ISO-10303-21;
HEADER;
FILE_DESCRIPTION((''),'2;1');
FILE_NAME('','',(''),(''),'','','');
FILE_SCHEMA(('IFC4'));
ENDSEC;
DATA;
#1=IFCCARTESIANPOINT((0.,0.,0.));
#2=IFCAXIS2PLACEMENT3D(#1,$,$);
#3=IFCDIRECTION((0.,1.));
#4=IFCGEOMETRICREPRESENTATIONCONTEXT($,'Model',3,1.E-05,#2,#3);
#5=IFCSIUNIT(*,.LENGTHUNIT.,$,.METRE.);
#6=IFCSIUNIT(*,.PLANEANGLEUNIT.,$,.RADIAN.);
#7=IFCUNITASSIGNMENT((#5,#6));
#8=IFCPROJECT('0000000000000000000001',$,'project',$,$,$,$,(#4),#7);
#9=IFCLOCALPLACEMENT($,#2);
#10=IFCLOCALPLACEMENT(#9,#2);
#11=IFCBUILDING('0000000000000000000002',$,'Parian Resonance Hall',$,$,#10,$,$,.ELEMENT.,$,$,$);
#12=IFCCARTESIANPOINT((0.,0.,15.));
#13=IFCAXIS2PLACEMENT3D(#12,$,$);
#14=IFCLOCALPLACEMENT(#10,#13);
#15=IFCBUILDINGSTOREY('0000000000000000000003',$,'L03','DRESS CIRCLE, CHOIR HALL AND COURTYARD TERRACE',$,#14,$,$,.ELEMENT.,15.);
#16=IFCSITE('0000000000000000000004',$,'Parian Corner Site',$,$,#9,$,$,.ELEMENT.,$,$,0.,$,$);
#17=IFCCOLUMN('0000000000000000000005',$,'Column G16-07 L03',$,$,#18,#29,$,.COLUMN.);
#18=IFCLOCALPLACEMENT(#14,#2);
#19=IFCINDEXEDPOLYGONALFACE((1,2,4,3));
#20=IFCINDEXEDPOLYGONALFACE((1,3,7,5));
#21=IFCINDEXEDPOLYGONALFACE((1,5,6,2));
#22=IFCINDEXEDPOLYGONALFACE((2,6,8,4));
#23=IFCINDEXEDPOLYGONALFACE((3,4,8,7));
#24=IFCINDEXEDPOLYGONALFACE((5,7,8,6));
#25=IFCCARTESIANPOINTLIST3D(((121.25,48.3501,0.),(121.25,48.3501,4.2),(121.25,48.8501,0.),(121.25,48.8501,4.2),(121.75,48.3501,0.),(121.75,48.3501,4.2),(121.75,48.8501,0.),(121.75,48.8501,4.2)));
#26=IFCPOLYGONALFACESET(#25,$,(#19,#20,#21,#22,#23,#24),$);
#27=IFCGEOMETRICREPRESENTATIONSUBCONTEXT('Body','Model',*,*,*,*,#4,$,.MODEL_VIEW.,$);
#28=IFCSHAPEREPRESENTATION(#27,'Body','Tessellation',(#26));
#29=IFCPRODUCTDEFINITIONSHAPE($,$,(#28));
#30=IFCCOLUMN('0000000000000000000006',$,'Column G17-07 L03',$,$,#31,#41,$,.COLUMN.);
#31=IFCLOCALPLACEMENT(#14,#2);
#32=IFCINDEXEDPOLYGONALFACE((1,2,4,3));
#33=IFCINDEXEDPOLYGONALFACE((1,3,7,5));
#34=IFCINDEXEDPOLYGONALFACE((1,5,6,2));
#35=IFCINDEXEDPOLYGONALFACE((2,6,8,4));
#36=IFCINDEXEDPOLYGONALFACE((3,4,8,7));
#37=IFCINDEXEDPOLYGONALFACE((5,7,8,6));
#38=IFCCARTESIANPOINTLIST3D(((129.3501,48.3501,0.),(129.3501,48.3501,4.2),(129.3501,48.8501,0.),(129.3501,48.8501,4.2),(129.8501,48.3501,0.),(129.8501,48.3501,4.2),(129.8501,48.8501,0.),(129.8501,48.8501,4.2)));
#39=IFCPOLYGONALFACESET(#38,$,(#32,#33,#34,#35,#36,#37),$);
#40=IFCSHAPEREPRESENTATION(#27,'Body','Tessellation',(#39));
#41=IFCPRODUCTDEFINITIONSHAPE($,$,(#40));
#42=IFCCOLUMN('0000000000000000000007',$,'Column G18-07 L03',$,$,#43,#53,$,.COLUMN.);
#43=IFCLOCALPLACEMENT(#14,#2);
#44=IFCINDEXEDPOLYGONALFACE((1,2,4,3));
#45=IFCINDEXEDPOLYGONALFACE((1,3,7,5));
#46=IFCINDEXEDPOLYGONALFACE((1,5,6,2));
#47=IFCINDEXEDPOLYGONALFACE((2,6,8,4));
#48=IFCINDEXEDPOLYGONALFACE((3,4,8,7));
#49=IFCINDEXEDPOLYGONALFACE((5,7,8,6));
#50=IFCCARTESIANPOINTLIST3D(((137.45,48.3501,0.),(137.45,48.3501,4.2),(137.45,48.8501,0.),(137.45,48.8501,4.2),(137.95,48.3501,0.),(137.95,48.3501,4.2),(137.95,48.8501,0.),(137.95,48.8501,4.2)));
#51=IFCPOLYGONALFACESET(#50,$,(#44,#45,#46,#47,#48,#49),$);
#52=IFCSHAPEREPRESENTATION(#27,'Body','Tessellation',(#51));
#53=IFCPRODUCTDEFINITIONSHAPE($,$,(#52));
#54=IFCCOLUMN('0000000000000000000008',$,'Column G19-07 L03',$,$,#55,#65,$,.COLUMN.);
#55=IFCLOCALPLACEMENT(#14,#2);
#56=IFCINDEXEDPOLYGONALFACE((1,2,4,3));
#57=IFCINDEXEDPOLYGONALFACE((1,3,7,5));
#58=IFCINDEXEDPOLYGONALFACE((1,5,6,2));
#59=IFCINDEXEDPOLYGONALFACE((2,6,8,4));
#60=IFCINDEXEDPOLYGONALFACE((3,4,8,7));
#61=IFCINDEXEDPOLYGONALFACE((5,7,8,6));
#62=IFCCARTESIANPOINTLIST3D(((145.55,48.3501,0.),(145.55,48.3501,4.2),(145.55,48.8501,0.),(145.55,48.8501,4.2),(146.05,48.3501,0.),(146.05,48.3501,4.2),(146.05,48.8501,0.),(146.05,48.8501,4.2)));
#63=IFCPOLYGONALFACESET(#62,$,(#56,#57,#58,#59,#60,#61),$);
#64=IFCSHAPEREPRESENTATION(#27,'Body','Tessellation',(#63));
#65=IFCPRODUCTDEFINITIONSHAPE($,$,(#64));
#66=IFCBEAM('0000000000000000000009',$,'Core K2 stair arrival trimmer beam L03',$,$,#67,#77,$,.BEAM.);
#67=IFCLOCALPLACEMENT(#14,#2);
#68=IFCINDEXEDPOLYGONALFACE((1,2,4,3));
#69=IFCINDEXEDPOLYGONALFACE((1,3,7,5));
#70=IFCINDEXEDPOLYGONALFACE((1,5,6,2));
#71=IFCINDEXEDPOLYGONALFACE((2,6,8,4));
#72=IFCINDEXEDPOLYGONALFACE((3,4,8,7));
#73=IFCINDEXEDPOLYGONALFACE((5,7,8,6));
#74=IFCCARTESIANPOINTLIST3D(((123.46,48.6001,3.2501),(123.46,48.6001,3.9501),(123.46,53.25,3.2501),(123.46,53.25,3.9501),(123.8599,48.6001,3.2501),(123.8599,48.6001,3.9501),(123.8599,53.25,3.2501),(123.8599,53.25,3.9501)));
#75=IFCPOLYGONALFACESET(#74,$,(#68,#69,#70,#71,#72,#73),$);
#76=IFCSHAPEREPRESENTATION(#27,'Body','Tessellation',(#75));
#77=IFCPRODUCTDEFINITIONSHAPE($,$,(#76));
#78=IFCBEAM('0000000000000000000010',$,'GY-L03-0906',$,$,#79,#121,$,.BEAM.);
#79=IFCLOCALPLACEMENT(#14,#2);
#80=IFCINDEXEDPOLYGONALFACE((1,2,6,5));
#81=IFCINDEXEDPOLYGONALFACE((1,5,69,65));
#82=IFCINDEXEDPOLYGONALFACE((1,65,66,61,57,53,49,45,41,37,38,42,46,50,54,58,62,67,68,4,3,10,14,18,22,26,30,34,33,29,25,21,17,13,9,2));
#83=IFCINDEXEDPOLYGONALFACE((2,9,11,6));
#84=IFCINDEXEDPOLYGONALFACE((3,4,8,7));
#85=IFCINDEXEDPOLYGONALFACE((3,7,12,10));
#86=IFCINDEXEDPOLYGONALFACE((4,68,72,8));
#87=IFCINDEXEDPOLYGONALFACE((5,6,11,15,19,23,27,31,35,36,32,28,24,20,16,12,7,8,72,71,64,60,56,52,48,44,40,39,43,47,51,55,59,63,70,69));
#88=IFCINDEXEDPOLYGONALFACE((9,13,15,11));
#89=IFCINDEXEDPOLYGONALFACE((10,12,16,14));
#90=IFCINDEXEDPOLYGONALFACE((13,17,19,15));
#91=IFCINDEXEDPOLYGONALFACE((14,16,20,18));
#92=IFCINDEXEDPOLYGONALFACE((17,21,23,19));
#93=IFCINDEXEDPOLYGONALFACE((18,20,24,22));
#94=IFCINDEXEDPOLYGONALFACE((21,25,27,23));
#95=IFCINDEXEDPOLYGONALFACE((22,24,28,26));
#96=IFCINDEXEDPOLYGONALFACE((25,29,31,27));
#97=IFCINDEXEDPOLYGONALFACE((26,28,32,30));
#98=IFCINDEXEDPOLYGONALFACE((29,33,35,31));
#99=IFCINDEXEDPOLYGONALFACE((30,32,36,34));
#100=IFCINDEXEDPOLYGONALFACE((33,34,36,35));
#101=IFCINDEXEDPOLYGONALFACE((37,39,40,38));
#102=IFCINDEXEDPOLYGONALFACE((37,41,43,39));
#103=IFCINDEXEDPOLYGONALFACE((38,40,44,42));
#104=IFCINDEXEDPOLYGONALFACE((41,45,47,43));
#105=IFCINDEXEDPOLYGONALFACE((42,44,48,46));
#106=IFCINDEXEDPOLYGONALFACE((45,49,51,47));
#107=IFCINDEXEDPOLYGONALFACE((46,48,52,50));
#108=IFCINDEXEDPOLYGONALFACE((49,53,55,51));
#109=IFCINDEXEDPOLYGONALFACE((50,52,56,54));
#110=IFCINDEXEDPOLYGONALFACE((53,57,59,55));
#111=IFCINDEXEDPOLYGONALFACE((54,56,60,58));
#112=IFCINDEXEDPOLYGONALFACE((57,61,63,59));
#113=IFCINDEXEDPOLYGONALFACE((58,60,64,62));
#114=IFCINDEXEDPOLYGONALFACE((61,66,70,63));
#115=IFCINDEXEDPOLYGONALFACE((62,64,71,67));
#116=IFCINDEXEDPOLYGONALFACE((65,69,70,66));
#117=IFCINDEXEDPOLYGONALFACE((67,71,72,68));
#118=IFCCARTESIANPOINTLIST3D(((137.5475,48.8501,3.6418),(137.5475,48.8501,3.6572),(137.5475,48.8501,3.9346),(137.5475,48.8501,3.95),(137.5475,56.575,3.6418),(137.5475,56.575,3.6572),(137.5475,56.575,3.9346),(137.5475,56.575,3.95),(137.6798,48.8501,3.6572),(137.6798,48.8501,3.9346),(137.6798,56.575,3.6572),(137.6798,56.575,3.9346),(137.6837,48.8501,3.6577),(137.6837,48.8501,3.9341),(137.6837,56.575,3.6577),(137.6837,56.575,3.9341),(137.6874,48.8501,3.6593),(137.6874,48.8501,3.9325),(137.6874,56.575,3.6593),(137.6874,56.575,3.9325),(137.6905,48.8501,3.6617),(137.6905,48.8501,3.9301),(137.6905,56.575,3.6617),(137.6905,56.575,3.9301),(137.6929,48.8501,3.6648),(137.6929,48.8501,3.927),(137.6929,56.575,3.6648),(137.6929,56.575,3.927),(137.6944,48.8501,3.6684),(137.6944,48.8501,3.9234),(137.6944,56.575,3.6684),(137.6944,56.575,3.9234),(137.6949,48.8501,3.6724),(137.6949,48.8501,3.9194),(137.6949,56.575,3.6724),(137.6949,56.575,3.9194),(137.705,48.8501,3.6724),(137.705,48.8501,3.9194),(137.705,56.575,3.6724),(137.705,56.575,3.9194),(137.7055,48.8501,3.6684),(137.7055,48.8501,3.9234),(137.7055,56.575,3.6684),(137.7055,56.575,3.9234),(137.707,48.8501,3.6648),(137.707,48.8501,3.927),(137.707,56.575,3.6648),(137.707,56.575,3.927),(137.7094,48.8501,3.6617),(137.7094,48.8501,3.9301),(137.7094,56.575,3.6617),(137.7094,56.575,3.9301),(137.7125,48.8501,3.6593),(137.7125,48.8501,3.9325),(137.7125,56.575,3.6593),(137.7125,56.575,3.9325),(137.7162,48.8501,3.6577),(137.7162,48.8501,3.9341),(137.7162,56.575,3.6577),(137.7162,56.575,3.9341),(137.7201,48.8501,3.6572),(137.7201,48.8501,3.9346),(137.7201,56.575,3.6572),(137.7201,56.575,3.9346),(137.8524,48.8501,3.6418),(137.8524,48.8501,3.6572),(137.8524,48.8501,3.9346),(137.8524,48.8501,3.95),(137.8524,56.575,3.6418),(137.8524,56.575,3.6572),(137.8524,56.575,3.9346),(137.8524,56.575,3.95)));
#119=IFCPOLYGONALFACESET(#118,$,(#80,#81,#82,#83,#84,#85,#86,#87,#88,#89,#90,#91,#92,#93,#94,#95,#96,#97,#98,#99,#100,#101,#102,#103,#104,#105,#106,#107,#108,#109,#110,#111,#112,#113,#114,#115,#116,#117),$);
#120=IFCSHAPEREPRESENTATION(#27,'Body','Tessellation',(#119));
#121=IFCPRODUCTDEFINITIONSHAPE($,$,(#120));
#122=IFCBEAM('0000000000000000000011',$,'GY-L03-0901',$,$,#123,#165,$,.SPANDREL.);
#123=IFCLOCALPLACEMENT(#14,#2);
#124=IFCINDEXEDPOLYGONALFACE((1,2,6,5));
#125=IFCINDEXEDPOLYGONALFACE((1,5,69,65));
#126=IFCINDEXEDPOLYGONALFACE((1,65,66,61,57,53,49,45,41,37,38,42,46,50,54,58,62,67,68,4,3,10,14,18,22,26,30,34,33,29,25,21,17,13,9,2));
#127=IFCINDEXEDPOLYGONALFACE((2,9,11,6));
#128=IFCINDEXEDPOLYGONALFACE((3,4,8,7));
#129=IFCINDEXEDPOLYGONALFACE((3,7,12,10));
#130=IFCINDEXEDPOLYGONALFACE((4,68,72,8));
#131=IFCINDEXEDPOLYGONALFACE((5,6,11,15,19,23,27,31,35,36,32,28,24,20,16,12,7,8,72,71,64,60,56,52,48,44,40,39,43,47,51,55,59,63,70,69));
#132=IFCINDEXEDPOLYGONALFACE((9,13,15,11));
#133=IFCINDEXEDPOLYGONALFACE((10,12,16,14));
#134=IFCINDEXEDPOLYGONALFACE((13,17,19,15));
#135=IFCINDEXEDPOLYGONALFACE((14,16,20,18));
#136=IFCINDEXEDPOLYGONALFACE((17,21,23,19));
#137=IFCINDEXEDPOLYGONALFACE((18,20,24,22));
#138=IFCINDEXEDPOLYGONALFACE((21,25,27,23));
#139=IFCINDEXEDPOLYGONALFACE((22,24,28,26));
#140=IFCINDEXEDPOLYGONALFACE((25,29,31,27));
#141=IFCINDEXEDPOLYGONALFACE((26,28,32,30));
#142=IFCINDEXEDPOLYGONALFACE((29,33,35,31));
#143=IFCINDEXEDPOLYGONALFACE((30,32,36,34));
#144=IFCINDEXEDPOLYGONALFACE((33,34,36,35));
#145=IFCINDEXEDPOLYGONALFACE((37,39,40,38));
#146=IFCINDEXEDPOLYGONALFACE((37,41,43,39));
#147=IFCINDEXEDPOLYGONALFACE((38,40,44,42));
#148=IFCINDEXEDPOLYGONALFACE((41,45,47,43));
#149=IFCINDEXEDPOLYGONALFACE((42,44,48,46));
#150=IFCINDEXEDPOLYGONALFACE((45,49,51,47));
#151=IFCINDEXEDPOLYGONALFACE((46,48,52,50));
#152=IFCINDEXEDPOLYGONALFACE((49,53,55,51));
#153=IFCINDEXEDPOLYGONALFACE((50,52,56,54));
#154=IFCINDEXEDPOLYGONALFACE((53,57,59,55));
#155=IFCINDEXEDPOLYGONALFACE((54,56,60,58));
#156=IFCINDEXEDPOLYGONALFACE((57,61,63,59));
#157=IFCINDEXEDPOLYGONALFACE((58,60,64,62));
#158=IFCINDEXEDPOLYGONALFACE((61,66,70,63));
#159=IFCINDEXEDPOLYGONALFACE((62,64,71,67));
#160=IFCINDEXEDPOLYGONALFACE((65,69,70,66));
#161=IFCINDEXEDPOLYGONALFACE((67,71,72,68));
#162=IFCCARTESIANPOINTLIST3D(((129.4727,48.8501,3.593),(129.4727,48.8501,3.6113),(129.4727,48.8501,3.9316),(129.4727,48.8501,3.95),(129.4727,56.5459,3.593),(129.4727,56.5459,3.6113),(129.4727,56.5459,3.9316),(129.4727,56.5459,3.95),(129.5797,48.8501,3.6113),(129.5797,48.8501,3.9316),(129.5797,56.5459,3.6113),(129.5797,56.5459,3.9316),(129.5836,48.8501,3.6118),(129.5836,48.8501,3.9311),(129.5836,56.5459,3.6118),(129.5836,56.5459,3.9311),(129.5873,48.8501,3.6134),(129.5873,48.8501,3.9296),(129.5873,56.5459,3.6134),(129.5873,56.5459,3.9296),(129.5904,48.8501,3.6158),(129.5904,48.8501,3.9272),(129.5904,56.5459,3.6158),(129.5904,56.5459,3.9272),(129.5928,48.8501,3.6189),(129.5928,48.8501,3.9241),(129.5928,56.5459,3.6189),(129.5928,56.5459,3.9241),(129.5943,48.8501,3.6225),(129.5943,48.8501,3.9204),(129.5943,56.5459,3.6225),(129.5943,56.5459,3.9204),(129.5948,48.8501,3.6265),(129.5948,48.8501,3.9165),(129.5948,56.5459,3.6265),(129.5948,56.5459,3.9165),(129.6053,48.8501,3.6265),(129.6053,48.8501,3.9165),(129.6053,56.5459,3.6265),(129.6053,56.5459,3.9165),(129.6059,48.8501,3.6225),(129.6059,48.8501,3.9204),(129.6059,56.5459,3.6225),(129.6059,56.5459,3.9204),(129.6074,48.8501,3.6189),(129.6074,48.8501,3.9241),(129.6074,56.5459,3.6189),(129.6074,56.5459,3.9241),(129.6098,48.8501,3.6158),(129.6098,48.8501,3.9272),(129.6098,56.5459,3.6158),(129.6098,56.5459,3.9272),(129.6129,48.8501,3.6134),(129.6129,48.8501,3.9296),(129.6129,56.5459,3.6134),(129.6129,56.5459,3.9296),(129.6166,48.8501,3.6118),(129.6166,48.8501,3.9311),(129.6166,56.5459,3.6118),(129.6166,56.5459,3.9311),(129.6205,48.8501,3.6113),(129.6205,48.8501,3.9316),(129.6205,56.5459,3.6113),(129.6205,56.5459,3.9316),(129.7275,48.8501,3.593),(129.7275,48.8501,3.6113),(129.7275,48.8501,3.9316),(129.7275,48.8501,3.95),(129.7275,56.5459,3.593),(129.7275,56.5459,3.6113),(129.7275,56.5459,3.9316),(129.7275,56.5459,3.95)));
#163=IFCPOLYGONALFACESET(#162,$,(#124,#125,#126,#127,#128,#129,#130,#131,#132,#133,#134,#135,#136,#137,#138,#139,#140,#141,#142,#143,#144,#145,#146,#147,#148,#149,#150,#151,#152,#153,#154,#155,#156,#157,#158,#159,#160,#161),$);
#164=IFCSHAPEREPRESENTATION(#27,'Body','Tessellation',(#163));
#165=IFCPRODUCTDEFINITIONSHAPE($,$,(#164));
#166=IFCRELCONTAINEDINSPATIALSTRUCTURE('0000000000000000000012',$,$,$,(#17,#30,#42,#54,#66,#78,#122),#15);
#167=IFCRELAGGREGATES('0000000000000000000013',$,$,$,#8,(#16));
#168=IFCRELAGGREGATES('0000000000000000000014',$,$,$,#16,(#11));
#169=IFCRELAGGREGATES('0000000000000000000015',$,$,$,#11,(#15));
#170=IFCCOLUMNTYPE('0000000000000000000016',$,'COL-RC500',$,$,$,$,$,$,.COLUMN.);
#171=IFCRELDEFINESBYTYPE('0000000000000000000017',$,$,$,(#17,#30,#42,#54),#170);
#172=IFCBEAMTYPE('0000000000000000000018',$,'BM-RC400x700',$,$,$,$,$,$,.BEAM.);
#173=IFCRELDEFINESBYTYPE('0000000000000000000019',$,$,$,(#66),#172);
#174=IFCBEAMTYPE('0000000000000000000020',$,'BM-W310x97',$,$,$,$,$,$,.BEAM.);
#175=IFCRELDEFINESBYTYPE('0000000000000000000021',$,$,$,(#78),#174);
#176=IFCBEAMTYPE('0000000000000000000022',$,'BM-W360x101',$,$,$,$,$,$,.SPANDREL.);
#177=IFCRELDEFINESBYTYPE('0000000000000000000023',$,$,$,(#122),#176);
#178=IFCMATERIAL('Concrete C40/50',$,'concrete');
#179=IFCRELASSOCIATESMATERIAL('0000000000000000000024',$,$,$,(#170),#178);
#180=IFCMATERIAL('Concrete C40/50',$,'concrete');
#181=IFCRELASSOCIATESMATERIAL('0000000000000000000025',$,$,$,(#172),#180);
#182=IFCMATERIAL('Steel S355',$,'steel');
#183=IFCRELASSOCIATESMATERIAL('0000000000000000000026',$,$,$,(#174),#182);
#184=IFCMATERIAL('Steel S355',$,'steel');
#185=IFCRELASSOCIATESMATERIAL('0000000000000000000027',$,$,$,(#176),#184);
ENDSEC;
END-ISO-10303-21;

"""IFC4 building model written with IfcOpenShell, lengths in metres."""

from ifc_helpers import new_model, si_unit, direction, frame, origin, origin_2d, place, context, subcontext, project, spatial, rectangle, i_section, extrude, material, material_profile, profile_set, type_object, element, save


model = new_model("IFC4")

# Units and contexts
model_context = context("Model", 3, precision=1e-05, world=origin(), true_north=direction((0.0, 1.0)))
body_context = subcontext(model_context, "Body", "Model", "MODEL_VIEW")
ifc_project = project(units=[si_unit("LENGTHUNIT", "METRE"), si_unit("PLANEANGLEUNIT", "RADIAN")], contexts=[model_context])

# Site, building, storey
site_placement = place(None, origin())
site = spatial("IfcSite", under=ifc_project, at=site_placement, Name="Parian Corner Site", CompositionType="ELEMENT", RefElevation=0.0)
building_placement = place(site_placement, origin())
building = spatial("IfcBuilding", under=site, at=building_placement, Name="Parian Resonance Hall", CompositionType="ELEMENT")
storey_placement = place(building_placement, frame((0.0, 0.0, 15.0)))
storey = spatial("IfcBuildingStorey", under=building, at=storey_placement, Name="L03", Description="DRESS CIRCLE, CHOIR HALL AND COURTYARD TERRACE", CompositionType="ELEMENT", Elevation=15.0)

# Columns
ifc_material_1 = material(Name="Concrete C40/50", Category="concrete")
ifc_material_profile_1 = material_profile(ifc_material_1, rectangle(XDim=0.5, YDim=0.5, at=origin_2d()), Name="RC-COL-500x500")
ifc_profile_set_1 = profile_set([ifc_material_profile_1], Name="Concrete C40/50")
column_type = type_object("IfcColumnType", Name="COL-RC500", PredefinedType="COLUMN", material=ifc_profile_set_1)
for number, where, z_axis, x_axis, name in (
    (1, (121.5, 48.6001, 0.0), (0.0, 0.0, 1.0), (1.0, 0.0, 0.0), "Column G16-07 L03"),
    (2, (129.6001, 48.6001, 0.0), (0.0, 0.0, 1.0), (1.0, 0.0, 0.0), "Column G17-07 L03"),
    (3, (137.7, 48.6001, 0.0), (0.0, 0.0, 1.0), (1.0, 0.0, 0.0), "Column G18-07 L03"),
    (4, (145.8, 48.6001, 0.0), (0.0, 0.0, 1.0), (1.0, 0.0, 0.0), "Column G19-07 L03"),
):
    element("IfcColumn", number, at=place(storey_placement, frame(where, z_axis=z_axis, x_axis=x_axis)), inside=storey, type_object=column_type, Name=name, PredefinedType="COLUMN", context=body_context, shape_type="SweptSolid", body=[
        extrude(rectangle(XDim=0.5, YDim=0.5, at=origin_2d()), origin(), (0.0, 0.0, 1.0), 4.2),
    ])

# Beams
ifc_material_2 = material(Name="Concrete C40/50", Category="concrete")
ifc_material_profile_2 = material_profile(ifc_material_2, rectangle(XDim=0.3999, YDim=0.7, at=origin_2d()), Name="RC-BM-400x700")
ifc_profile_set_2 = profile_set([ifc_material_profile_2], Name="Concrete C40/50")
beam_type_1 = type_object("IfcBeamType", Name="BM-RC400x700", PredefinedType="BEAM", material=ifc_profile_set_2)
beam_1_placement = place(storey_placement, frame((123.6599, 48.6001, 3.6001), z_axis=(0.0, 1.0, 0.0), x_axis=(-1.0, 0.0, 0.0)))
element("IfcBeam", 5, at=beam_1_placement, inside=storey, type_object=beam_type_1, Name="Core K2 stair arrival trimmer beam L03", PredefinedType="BEAM", context=body_context, shape_type="SweptSolid", body=[
    extrude(rectangle(XDim=0.3999, YDim=0.7, at=origin_2d()), origin(), (0.0, 0.0, 1.0), 4.6499),
])
ifc_material_3 = material(Name="Steel S355", Category="steel")
ifc_material_profile_3 = material_profile(ifc_material_3, i_section(OverallWidth=0.3049, OverallDepth=0.3081, WebThickness=0.01, FlangeThickness=0.0154, FilletRadius=0.0151, at=origin_2d()), Name="W310x97")
ifc_profile_set_3 = profile_set([ifc_material_profile_3], Name="Steel S355")
beam_type_2 = type_object("IfcBeamType", Name="BM-W310x97", PredefinedType="BEAM", material=ifc_profile_set_3)
beam_2_placement = place(storey_placement, frame((137.7, 48.8501, 3.7959), z_axis=(0.0, 1.0, 0.0), x_axis=(-1.0, 0.0, 0.0)))
element("IfcBeam", 6, at=beam_2_placement, inside=storey, type_object=beam_type_2, Name="GY-L03-0906", PredefinedType="BEAM", context=body_context, shape_type="SweptSolid", body=[
    extrude(i_section(OverallWidth=0.3049, OverallDepth=0.3081, WebThickness=0.01, FlangeThickness=0.0154, FilletRadius=0.0151, at=origin_2d()), origin(), (0.0, 0.0, 1.0), 7.7249),
])
ifc_material_4 = material(Name="Steel S355", Category="steel")
ifc_material_profile_4 = material_profile(ifc_material_4, i_section(OverallWidth=0.2549, OverallDepth=0.3569, WebThickness=0.0105, FlangeThickness=0.0183, FilletRadius=0.0151, at=origin_2d()), Name="W360x101")
ifc_profile_set_4 = profile_set([ifc_material_profile_4], Name="Steel S355")
beam_type_3 = type_object("IfcBeamType", Name="BM-W360x101", PredefinedType="SPANDREL", material=ifc_profile_set_4)
beam_3_placement = place(storey_placement, frame((129.6001, 48.8501, 3.7715), z_axis=(0.0, 1.0, 0.0), x_axis=(-1.0, 0.0, 0.0)))
element("IfcBeam", 7, at=beam_3_placement, inside=storey, type_object=beam_type_3, Name="GY-L03-0901", PredefinedType="SPANDREL", context=body_context, shape_type="SweptSolid", body=[
    extrude(i_section(OverallWidth=0.2549, OverallDepth=0.3569, WebThickness=0.0105, FlangeThickness=0.0183, FilletRadius=0.0151, at=origin_2d()), origin(), (0.0, 0.0, 1.0), 7.6958),
])

save(model, "model.ifc")
